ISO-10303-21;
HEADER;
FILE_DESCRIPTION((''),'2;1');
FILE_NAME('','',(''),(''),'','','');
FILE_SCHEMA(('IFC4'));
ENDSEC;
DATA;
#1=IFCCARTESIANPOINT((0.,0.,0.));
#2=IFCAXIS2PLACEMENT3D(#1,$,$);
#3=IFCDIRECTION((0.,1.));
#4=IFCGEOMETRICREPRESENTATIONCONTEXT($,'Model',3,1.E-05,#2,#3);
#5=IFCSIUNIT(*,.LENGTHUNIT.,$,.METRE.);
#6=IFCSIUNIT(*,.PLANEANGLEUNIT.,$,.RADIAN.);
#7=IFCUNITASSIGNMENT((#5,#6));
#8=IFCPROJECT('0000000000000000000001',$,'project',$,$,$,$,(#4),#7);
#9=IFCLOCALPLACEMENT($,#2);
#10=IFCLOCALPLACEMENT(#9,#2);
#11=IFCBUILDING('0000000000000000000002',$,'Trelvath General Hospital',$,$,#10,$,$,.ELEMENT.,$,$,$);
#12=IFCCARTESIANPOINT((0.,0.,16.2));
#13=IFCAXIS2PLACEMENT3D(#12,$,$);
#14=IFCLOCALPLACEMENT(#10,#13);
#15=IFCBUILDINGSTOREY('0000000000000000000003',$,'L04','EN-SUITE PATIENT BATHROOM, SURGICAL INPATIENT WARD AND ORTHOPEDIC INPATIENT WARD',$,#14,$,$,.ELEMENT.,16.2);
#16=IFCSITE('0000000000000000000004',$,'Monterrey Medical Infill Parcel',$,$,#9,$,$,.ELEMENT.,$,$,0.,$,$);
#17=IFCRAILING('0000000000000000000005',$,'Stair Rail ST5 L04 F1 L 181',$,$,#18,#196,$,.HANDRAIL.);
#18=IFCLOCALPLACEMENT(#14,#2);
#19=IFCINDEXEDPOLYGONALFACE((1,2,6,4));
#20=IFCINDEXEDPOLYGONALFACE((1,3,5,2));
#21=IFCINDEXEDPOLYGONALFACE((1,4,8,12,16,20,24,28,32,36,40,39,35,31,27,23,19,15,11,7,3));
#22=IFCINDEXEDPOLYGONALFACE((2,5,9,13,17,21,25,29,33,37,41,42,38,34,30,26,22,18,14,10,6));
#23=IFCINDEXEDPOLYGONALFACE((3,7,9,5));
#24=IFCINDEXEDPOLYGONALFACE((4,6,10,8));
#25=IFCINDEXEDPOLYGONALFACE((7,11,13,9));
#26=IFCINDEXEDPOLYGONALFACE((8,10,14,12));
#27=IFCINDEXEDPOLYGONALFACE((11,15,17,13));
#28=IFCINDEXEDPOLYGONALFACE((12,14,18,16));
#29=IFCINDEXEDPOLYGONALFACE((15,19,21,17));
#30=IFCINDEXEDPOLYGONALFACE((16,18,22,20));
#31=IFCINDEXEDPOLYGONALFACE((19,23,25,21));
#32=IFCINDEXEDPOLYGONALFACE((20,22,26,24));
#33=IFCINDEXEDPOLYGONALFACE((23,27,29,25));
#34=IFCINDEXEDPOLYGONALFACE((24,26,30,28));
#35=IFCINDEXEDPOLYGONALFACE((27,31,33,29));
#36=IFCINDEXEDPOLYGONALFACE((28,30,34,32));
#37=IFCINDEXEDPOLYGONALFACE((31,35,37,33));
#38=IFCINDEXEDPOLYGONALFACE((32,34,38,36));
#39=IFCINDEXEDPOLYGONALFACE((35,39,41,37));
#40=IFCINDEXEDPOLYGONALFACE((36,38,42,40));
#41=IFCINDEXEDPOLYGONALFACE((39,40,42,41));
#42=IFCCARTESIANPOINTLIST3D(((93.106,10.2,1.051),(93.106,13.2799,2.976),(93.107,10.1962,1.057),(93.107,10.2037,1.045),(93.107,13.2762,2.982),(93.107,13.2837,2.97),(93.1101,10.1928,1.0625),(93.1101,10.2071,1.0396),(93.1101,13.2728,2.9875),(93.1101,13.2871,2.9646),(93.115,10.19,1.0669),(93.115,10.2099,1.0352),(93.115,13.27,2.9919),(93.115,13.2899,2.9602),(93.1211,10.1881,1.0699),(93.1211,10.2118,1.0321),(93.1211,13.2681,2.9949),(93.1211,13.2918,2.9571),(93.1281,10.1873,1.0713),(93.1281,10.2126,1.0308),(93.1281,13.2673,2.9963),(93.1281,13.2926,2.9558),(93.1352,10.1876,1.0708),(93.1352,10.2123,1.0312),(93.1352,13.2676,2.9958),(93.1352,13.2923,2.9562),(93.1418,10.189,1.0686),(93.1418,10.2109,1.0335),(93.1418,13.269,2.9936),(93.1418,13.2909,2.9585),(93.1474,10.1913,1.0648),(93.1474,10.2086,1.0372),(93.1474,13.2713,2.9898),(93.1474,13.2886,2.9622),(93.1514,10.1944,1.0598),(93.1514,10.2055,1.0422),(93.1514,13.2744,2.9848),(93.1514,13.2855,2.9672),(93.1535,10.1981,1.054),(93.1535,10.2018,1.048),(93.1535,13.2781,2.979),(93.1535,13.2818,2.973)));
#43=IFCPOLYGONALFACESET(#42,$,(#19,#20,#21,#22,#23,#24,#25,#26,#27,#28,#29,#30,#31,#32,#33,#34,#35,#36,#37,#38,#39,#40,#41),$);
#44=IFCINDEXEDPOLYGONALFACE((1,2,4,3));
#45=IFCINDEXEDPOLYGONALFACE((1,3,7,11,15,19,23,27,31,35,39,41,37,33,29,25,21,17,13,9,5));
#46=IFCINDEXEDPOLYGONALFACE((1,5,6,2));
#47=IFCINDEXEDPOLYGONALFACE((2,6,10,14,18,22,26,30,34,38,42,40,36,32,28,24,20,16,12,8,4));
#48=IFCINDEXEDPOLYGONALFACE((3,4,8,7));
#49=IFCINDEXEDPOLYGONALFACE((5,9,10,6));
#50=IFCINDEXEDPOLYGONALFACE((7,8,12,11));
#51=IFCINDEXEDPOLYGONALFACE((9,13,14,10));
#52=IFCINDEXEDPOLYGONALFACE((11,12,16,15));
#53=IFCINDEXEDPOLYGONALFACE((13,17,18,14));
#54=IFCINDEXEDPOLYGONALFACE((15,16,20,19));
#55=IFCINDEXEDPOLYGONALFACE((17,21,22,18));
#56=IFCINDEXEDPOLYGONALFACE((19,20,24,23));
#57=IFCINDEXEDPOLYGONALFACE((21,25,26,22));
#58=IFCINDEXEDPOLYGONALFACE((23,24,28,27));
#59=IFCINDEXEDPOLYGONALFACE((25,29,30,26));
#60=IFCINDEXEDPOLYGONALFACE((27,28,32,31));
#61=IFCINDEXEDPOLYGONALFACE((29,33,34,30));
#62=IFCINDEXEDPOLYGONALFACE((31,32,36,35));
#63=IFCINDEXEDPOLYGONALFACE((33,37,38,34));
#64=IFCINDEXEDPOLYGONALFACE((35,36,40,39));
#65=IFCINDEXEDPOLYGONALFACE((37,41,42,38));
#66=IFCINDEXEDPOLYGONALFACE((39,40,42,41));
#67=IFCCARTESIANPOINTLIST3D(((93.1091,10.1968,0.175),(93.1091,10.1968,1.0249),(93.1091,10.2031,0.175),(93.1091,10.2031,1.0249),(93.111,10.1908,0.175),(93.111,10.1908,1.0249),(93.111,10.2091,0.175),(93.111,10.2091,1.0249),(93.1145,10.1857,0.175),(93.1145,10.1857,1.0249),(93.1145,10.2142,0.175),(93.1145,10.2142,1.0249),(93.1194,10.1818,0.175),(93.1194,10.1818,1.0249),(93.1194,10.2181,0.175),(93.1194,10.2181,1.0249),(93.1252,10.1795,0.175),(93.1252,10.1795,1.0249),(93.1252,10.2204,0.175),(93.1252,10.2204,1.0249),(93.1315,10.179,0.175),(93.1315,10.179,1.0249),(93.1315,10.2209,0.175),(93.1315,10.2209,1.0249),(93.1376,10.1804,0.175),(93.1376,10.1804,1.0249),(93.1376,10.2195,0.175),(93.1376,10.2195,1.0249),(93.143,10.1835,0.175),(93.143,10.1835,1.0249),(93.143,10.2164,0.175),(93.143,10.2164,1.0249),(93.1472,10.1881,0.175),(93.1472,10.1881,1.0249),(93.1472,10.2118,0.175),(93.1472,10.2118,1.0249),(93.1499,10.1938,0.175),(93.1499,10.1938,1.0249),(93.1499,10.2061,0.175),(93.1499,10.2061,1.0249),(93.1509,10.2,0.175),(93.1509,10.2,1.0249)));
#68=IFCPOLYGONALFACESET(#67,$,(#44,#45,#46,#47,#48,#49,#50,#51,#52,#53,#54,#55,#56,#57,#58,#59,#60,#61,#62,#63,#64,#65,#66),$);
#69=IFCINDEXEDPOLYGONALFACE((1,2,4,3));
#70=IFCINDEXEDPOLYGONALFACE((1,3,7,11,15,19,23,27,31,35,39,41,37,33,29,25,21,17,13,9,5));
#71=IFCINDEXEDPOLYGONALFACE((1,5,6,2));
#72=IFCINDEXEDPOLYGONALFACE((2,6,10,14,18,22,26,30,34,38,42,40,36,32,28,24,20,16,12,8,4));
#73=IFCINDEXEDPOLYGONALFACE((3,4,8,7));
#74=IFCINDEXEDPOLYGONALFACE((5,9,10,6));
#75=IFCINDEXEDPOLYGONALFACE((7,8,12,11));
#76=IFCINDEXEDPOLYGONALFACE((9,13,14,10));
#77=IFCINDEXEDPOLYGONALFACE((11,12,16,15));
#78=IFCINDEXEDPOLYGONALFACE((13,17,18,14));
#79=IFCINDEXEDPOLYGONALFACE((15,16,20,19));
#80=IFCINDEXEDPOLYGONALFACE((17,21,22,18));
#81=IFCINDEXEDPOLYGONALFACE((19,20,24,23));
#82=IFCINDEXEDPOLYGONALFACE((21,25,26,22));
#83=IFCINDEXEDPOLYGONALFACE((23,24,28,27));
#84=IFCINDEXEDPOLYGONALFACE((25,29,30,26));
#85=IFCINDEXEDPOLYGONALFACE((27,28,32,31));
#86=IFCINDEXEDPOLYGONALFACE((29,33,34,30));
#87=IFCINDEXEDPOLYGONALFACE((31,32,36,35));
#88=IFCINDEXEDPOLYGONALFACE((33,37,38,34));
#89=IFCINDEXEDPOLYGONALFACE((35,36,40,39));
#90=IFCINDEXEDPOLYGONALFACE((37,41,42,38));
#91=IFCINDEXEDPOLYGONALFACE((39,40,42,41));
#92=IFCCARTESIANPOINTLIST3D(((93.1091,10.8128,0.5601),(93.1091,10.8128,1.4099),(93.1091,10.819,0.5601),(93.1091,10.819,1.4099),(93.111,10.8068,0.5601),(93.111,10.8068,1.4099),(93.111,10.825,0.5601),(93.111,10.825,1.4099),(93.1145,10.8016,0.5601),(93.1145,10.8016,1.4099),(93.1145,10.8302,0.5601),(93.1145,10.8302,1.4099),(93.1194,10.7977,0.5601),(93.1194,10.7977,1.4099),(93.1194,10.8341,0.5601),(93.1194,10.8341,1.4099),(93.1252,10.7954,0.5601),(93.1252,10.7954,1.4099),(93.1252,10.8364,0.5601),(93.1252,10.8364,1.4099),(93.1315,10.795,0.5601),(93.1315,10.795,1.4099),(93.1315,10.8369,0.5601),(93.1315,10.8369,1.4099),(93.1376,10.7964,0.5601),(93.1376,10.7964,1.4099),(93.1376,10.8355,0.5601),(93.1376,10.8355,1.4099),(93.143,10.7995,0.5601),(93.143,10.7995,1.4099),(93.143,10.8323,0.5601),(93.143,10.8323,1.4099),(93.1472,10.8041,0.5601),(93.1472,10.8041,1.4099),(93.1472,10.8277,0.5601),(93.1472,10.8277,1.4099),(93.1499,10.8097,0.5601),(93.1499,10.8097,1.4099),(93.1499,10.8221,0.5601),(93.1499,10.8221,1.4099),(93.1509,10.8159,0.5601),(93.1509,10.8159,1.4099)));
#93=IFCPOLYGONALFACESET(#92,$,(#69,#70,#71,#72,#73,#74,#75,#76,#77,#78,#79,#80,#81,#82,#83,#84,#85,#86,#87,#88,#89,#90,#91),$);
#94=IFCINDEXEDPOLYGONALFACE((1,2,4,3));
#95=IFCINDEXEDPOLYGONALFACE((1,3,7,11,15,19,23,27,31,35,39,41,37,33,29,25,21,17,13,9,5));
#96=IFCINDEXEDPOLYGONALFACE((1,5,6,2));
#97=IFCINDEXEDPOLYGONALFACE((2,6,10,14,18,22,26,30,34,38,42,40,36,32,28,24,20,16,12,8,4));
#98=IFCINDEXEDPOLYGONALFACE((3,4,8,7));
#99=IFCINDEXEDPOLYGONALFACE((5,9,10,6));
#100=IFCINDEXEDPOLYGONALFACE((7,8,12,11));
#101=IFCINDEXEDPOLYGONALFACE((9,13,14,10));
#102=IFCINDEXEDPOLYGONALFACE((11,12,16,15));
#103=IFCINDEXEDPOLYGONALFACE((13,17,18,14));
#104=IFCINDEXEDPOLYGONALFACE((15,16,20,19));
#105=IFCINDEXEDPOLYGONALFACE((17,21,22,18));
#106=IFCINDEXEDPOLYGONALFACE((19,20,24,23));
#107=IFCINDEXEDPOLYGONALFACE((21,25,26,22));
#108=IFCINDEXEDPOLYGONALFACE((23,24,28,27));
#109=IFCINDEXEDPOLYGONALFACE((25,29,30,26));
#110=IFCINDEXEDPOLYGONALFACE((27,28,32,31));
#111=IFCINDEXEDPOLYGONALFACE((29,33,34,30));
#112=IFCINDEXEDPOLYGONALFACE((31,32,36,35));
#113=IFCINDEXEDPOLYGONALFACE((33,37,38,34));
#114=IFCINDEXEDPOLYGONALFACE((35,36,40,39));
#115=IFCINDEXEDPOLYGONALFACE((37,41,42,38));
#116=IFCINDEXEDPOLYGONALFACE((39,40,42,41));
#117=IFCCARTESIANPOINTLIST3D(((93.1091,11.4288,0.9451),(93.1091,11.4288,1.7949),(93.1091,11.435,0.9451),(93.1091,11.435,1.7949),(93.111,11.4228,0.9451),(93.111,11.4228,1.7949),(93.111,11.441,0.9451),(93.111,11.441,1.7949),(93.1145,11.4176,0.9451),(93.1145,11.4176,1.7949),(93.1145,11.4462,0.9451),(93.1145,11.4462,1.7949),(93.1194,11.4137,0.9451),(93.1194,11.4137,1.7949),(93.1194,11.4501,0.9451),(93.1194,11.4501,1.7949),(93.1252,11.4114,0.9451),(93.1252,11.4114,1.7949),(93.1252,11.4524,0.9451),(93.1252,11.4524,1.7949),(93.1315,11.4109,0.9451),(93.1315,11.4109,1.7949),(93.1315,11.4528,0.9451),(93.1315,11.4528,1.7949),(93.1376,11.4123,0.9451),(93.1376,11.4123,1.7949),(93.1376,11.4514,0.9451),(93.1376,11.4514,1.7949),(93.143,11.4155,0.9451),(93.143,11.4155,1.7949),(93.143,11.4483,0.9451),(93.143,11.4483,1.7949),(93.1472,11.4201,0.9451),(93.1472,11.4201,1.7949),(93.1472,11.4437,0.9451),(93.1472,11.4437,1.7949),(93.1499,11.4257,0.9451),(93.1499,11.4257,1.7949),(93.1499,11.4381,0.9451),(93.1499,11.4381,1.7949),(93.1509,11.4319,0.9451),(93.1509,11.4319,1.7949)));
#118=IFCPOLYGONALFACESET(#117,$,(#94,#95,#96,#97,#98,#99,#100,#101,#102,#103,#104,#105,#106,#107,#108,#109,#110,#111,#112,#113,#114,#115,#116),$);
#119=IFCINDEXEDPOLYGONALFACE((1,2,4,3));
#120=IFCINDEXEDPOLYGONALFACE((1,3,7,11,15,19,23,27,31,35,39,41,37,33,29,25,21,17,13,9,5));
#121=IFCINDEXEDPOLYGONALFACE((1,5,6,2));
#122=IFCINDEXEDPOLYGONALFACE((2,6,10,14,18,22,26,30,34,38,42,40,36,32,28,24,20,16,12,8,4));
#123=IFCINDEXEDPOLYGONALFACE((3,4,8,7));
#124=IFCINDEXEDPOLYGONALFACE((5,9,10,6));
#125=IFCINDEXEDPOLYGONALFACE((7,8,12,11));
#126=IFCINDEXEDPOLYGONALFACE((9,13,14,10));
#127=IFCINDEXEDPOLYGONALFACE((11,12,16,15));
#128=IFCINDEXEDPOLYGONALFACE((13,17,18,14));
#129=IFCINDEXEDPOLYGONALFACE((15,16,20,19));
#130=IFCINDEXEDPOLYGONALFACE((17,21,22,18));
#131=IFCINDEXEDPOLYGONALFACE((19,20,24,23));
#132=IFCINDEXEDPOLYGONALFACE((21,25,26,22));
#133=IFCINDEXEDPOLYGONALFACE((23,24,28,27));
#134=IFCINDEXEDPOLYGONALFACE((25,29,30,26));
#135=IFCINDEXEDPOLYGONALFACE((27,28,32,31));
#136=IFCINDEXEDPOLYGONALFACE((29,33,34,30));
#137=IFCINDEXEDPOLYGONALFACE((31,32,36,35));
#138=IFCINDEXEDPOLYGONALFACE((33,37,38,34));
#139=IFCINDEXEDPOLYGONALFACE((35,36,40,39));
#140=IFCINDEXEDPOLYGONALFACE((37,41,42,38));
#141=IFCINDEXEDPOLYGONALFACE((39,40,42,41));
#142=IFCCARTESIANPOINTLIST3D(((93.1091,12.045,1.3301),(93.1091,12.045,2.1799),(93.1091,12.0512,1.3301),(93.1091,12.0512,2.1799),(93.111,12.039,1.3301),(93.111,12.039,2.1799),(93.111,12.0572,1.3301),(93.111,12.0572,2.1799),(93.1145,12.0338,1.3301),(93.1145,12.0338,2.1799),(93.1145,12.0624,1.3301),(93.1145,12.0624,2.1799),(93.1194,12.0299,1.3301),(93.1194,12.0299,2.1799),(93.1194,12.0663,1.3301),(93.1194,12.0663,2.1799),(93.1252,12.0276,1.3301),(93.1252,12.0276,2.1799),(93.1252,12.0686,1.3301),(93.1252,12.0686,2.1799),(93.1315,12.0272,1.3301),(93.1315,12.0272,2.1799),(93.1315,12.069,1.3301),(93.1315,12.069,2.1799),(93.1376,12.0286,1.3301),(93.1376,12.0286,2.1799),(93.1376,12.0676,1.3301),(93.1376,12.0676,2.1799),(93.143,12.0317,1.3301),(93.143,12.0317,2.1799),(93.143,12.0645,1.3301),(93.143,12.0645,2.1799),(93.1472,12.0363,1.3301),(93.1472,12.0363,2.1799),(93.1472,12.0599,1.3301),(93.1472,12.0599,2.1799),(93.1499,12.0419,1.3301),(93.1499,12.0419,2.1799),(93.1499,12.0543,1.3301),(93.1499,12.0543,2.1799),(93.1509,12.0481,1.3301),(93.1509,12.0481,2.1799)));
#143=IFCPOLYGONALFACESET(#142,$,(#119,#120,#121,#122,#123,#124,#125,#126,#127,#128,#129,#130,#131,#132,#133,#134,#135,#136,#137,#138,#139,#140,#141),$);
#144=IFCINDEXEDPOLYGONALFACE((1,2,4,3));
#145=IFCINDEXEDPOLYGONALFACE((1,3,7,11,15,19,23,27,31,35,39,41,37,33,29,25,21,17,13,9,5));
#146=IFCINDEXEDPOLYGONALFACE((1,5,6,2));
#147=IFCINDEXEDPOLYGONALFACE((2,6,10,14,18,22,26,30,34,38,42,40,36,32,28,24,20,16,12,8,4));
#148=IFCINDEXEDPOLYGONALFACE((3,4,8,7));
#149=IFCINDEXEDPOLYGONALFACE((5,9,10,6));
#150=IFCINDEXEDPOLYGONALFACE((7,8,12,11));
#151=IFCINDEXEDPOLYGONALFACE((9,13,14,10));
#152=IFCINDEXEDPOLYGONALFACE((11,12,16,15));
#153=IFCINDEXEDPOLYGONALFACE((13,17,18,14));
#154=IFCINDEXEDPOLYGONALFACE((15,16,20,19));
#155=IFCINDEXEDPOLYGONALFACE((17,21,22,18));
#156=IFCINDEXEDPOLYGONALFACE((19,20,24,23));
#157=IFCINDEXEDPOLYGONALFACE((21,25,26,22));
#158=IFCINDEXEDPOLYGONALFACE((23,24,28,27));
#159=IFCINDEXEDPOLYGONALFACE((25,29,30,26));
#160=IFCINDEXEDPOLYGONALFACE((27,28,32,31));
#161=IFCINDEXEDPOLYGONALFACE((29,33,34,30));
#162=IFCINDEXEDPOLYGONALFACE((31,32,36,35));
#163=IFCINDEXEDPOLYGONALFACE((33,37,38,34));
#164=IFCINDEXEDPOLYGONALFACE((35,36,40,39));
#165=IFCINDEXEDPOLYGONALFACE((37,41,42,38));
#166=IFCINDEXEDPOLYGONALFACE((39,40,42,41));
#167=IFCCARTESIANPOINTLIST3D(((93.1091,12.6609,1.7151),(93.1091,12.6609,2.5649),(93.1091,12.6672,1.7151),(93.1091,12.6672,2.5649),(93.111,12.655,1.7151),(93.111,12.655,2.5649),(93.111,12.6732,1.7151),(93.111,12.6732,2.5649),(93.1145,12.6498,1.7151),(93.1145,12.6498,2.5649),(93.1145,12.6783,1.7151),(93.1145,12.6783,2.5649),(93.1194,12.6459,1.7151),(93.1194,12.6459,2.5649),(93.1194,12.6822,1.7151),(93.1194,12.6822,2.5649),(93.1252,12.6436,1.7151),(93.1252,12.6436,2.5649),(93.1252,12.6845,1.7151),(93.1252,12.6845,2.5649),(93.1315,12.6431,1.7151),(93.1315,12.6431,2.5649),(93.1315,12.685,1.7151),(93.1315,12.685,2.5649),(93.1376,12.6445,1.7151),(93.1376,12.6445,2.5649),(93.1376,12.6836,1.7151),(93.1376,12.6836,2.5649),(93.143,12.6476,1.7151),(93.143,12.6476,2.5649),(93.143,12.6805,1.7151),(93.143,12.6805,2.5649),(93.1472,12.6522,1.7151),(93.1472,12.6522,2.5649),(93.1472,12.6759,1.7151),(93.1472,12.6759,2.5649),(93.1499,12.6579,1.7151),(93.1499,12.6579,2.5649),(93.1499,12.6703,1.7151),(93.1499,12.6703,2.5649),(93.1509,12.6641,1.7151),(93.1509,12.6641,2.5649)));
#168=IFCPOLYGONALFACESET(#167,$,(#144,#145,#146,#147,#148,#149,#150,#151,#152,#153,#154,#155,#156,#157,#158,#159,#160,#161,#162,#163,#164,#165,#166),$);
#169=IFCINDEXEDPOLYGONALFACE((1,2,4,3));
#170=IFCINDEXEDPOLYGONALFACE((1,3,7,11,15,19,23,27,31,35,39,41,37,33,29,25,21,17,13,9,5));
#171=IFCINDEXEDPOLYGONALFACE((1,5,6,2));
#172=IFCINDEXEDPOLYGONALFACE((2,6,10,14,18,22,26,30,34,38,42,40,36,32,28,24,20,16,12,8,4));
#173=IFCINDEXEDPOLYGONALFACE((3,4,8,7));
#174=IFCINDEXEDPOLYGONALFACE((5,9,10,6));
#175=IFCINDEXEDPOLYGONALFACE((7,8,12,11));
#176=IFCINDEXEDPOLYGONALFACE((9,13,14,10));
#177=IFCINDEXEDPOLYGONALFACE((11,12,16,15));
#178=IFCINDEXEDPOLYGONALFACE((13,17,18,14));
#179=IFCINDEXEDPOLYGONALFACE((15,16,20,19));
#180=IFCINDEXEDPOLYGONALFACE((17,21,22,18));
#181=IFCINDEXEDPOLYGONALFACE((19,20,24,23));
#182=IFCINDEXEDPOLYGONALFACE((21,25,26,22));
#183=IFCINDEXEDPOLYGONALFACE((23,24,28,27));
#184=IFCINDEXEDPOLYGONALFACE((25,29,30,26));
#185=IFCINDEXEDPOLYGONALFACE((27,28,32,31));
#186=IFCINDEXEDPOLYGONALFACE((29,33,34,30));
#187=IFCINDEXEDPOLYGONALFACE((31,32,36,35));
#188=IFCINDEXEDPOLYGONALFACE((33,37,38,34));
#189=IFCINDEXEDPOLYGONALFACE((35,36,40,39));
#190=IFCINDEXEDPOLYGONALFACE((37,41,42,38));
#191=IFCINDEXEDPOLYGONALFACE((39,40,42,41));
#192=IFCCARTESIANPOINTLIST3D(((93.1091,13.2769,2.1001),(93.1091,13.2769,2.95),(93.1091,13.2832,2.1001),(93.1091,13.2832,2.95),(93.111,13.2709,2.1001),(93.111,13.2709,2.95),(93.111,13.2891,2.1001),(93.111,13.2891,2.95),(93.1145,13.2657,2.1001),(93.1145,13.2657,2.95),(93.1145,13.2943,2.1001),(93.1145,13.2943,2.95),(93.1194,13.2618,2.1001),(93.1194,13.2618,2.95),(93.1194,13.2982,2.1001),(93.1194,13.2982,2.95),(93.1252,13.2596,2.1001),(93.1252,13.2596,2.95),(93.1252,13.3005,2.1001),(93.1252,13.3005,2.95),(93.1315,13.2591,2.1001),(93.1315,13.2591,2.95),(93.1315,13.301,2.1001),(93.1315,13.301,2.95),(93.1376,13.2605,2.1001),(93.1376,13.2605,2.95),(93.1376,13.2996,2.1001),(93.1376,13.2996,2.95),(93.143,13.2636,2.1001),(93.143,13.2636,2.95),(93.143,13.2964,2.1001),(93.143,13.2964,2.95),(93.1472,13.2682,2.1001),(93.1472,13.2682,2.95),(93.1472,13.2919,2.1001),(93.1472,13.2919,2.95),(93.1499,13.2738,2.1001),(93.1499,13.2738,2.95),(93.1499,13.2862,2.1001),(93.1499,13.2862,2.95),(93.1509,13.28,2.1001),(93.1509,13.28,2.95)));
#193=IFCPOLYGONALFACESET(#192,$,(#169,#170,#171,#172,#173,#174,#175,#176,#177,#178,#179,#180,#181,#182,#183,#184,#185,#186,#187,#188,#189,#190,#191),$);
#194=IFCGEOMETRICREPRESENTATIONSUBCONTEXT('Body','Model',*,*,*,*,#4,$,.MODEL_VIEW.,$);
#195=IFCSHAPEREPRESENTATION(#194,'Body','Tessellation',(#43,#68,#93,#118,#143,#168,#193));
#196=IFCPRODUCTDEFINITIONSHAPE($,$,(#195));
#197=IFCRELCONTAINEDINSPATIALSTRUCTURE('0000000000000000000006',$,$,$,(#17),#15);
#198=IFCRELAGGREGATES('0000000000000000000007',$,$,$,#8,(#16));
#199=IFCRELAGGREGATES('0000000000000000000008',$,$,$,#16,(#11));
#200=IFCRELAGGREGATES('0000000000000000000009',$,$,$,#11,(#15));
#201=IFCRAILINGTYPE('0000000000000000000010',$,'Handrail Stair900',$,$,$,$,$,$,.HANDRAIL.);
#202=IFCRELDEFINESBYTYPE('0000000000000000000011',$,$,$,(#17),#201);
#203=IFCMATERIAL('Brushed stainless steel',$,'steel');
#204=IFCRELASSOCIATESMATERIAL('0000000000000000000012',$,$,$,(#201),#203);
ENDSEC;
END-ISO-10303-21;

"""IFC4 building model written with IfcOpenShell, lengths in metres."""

from ifc_helpers import new_model, si_unit, direction, frame, origin, origin_2d, place, context, subcontext, project, spatial, circle, extrude, material, type_object, element, save


model = new_model("IFC4")

# Units and contexts
model_context = context("Model", 3, precision=1e-05, world=origin(), true_north=direction((0.0, 1.0)))
body_context = subcontext(model_context, "Body", "Model", "MODEL_VIEW")
ifc_project = project(units=[si_unit("LENGTHUNIT", "METRE"), si_unit("PLANEANGLEUNIT", "RADIAN")], contexts=[model_context])

# Site, building, storey
site_placement = place(None, origin())
site = spatial("IfcSite", under=ifc_project, at=site_placement, Name="Monterrey Medical Infill Parcel", CompositionType="ELEMENT", RefElevation=0.0)
building_placement = place(site_placement, origin())
building = spatial("IfcBuilding", under=site, at=building_placement, Name="Trelvath General Hospital", CompositionType="ELEMENT")
storey_placement = place(building_placement, frame((0.0, 0.0, 16.2)))
storey = spatial("IfcBuildingStorey", under=building, at=storey_placement, Name="L04", Description="EN-SUITE PATIENT BATHROOM, SURGICAL INPATIENT WARD AND ORTHOPEDIC INPATIENT WARD", CompositionType="ELEMENT", Elevation=16.2)

# Railing
ifc_material_1 = material(Name="Brushed stainless steel", Category="steel")
railing_type_1 = type_object("IfcRailingType", Name="Handrail Stair900", PredefinedType="HANDRAIL", material=ifc_material_1)
railing_1_placement = place(storey_placement, frame((93.1299, 10.2, 0.175)))
element("IfcRailing", 1, at=railing_1_placement, inside=storey, type_object=railing_type_1, Name="Stair Rail ST5 L04 F1 L 181", PredefinedType="HANDRAIL", context=body_context, shape_type="SweptSolid", body=[
    extrude(circle(Radius=0.0239, at=origin_2d()), frame((0.0, 0.0, 0.876), z_axis=(0.0, 0.847998, 0.529999), x_axis=(-1.0, 0.0, 0.0)), (0.0, 0.0, 1.0), 3.6321),
    extrude(circle(Radius=0.021, at=origin_2d()), origin(), (0.0, 0.0, 1.0), 0.8499),
    extrude(circle(Radius=0.021, at=origin_2d()), frame((0.0, 0.616, 0.385)), (0.0, 0.0, 1.0), 0.8499),
    extrude(circle(Radius=0.021, at=origin_2d()), frame((0.0, 1.2319, 0.77)), (0.0, 0.0, 1.0), 0.8499),
    extrude(circle(Radius=0.021, at=origin_2d()), frame((0.0, 1.8481, 1.155)), (0.0, 0.0, 1.0), 0.8499),
    extrude(circle(Radius=0.021, at=origin_2d()), frame((0.0, 2.4641, 1.54)), (0.0, 0.0, 1.0), 0.8499),
    extrude(circle(Radius=0.021, at=origin_2d()), frame((0.0, 3.0801, 1.925)), (0.0, 0.0, 1.0), 0.8499),
])

save(model, "model.ifc")
